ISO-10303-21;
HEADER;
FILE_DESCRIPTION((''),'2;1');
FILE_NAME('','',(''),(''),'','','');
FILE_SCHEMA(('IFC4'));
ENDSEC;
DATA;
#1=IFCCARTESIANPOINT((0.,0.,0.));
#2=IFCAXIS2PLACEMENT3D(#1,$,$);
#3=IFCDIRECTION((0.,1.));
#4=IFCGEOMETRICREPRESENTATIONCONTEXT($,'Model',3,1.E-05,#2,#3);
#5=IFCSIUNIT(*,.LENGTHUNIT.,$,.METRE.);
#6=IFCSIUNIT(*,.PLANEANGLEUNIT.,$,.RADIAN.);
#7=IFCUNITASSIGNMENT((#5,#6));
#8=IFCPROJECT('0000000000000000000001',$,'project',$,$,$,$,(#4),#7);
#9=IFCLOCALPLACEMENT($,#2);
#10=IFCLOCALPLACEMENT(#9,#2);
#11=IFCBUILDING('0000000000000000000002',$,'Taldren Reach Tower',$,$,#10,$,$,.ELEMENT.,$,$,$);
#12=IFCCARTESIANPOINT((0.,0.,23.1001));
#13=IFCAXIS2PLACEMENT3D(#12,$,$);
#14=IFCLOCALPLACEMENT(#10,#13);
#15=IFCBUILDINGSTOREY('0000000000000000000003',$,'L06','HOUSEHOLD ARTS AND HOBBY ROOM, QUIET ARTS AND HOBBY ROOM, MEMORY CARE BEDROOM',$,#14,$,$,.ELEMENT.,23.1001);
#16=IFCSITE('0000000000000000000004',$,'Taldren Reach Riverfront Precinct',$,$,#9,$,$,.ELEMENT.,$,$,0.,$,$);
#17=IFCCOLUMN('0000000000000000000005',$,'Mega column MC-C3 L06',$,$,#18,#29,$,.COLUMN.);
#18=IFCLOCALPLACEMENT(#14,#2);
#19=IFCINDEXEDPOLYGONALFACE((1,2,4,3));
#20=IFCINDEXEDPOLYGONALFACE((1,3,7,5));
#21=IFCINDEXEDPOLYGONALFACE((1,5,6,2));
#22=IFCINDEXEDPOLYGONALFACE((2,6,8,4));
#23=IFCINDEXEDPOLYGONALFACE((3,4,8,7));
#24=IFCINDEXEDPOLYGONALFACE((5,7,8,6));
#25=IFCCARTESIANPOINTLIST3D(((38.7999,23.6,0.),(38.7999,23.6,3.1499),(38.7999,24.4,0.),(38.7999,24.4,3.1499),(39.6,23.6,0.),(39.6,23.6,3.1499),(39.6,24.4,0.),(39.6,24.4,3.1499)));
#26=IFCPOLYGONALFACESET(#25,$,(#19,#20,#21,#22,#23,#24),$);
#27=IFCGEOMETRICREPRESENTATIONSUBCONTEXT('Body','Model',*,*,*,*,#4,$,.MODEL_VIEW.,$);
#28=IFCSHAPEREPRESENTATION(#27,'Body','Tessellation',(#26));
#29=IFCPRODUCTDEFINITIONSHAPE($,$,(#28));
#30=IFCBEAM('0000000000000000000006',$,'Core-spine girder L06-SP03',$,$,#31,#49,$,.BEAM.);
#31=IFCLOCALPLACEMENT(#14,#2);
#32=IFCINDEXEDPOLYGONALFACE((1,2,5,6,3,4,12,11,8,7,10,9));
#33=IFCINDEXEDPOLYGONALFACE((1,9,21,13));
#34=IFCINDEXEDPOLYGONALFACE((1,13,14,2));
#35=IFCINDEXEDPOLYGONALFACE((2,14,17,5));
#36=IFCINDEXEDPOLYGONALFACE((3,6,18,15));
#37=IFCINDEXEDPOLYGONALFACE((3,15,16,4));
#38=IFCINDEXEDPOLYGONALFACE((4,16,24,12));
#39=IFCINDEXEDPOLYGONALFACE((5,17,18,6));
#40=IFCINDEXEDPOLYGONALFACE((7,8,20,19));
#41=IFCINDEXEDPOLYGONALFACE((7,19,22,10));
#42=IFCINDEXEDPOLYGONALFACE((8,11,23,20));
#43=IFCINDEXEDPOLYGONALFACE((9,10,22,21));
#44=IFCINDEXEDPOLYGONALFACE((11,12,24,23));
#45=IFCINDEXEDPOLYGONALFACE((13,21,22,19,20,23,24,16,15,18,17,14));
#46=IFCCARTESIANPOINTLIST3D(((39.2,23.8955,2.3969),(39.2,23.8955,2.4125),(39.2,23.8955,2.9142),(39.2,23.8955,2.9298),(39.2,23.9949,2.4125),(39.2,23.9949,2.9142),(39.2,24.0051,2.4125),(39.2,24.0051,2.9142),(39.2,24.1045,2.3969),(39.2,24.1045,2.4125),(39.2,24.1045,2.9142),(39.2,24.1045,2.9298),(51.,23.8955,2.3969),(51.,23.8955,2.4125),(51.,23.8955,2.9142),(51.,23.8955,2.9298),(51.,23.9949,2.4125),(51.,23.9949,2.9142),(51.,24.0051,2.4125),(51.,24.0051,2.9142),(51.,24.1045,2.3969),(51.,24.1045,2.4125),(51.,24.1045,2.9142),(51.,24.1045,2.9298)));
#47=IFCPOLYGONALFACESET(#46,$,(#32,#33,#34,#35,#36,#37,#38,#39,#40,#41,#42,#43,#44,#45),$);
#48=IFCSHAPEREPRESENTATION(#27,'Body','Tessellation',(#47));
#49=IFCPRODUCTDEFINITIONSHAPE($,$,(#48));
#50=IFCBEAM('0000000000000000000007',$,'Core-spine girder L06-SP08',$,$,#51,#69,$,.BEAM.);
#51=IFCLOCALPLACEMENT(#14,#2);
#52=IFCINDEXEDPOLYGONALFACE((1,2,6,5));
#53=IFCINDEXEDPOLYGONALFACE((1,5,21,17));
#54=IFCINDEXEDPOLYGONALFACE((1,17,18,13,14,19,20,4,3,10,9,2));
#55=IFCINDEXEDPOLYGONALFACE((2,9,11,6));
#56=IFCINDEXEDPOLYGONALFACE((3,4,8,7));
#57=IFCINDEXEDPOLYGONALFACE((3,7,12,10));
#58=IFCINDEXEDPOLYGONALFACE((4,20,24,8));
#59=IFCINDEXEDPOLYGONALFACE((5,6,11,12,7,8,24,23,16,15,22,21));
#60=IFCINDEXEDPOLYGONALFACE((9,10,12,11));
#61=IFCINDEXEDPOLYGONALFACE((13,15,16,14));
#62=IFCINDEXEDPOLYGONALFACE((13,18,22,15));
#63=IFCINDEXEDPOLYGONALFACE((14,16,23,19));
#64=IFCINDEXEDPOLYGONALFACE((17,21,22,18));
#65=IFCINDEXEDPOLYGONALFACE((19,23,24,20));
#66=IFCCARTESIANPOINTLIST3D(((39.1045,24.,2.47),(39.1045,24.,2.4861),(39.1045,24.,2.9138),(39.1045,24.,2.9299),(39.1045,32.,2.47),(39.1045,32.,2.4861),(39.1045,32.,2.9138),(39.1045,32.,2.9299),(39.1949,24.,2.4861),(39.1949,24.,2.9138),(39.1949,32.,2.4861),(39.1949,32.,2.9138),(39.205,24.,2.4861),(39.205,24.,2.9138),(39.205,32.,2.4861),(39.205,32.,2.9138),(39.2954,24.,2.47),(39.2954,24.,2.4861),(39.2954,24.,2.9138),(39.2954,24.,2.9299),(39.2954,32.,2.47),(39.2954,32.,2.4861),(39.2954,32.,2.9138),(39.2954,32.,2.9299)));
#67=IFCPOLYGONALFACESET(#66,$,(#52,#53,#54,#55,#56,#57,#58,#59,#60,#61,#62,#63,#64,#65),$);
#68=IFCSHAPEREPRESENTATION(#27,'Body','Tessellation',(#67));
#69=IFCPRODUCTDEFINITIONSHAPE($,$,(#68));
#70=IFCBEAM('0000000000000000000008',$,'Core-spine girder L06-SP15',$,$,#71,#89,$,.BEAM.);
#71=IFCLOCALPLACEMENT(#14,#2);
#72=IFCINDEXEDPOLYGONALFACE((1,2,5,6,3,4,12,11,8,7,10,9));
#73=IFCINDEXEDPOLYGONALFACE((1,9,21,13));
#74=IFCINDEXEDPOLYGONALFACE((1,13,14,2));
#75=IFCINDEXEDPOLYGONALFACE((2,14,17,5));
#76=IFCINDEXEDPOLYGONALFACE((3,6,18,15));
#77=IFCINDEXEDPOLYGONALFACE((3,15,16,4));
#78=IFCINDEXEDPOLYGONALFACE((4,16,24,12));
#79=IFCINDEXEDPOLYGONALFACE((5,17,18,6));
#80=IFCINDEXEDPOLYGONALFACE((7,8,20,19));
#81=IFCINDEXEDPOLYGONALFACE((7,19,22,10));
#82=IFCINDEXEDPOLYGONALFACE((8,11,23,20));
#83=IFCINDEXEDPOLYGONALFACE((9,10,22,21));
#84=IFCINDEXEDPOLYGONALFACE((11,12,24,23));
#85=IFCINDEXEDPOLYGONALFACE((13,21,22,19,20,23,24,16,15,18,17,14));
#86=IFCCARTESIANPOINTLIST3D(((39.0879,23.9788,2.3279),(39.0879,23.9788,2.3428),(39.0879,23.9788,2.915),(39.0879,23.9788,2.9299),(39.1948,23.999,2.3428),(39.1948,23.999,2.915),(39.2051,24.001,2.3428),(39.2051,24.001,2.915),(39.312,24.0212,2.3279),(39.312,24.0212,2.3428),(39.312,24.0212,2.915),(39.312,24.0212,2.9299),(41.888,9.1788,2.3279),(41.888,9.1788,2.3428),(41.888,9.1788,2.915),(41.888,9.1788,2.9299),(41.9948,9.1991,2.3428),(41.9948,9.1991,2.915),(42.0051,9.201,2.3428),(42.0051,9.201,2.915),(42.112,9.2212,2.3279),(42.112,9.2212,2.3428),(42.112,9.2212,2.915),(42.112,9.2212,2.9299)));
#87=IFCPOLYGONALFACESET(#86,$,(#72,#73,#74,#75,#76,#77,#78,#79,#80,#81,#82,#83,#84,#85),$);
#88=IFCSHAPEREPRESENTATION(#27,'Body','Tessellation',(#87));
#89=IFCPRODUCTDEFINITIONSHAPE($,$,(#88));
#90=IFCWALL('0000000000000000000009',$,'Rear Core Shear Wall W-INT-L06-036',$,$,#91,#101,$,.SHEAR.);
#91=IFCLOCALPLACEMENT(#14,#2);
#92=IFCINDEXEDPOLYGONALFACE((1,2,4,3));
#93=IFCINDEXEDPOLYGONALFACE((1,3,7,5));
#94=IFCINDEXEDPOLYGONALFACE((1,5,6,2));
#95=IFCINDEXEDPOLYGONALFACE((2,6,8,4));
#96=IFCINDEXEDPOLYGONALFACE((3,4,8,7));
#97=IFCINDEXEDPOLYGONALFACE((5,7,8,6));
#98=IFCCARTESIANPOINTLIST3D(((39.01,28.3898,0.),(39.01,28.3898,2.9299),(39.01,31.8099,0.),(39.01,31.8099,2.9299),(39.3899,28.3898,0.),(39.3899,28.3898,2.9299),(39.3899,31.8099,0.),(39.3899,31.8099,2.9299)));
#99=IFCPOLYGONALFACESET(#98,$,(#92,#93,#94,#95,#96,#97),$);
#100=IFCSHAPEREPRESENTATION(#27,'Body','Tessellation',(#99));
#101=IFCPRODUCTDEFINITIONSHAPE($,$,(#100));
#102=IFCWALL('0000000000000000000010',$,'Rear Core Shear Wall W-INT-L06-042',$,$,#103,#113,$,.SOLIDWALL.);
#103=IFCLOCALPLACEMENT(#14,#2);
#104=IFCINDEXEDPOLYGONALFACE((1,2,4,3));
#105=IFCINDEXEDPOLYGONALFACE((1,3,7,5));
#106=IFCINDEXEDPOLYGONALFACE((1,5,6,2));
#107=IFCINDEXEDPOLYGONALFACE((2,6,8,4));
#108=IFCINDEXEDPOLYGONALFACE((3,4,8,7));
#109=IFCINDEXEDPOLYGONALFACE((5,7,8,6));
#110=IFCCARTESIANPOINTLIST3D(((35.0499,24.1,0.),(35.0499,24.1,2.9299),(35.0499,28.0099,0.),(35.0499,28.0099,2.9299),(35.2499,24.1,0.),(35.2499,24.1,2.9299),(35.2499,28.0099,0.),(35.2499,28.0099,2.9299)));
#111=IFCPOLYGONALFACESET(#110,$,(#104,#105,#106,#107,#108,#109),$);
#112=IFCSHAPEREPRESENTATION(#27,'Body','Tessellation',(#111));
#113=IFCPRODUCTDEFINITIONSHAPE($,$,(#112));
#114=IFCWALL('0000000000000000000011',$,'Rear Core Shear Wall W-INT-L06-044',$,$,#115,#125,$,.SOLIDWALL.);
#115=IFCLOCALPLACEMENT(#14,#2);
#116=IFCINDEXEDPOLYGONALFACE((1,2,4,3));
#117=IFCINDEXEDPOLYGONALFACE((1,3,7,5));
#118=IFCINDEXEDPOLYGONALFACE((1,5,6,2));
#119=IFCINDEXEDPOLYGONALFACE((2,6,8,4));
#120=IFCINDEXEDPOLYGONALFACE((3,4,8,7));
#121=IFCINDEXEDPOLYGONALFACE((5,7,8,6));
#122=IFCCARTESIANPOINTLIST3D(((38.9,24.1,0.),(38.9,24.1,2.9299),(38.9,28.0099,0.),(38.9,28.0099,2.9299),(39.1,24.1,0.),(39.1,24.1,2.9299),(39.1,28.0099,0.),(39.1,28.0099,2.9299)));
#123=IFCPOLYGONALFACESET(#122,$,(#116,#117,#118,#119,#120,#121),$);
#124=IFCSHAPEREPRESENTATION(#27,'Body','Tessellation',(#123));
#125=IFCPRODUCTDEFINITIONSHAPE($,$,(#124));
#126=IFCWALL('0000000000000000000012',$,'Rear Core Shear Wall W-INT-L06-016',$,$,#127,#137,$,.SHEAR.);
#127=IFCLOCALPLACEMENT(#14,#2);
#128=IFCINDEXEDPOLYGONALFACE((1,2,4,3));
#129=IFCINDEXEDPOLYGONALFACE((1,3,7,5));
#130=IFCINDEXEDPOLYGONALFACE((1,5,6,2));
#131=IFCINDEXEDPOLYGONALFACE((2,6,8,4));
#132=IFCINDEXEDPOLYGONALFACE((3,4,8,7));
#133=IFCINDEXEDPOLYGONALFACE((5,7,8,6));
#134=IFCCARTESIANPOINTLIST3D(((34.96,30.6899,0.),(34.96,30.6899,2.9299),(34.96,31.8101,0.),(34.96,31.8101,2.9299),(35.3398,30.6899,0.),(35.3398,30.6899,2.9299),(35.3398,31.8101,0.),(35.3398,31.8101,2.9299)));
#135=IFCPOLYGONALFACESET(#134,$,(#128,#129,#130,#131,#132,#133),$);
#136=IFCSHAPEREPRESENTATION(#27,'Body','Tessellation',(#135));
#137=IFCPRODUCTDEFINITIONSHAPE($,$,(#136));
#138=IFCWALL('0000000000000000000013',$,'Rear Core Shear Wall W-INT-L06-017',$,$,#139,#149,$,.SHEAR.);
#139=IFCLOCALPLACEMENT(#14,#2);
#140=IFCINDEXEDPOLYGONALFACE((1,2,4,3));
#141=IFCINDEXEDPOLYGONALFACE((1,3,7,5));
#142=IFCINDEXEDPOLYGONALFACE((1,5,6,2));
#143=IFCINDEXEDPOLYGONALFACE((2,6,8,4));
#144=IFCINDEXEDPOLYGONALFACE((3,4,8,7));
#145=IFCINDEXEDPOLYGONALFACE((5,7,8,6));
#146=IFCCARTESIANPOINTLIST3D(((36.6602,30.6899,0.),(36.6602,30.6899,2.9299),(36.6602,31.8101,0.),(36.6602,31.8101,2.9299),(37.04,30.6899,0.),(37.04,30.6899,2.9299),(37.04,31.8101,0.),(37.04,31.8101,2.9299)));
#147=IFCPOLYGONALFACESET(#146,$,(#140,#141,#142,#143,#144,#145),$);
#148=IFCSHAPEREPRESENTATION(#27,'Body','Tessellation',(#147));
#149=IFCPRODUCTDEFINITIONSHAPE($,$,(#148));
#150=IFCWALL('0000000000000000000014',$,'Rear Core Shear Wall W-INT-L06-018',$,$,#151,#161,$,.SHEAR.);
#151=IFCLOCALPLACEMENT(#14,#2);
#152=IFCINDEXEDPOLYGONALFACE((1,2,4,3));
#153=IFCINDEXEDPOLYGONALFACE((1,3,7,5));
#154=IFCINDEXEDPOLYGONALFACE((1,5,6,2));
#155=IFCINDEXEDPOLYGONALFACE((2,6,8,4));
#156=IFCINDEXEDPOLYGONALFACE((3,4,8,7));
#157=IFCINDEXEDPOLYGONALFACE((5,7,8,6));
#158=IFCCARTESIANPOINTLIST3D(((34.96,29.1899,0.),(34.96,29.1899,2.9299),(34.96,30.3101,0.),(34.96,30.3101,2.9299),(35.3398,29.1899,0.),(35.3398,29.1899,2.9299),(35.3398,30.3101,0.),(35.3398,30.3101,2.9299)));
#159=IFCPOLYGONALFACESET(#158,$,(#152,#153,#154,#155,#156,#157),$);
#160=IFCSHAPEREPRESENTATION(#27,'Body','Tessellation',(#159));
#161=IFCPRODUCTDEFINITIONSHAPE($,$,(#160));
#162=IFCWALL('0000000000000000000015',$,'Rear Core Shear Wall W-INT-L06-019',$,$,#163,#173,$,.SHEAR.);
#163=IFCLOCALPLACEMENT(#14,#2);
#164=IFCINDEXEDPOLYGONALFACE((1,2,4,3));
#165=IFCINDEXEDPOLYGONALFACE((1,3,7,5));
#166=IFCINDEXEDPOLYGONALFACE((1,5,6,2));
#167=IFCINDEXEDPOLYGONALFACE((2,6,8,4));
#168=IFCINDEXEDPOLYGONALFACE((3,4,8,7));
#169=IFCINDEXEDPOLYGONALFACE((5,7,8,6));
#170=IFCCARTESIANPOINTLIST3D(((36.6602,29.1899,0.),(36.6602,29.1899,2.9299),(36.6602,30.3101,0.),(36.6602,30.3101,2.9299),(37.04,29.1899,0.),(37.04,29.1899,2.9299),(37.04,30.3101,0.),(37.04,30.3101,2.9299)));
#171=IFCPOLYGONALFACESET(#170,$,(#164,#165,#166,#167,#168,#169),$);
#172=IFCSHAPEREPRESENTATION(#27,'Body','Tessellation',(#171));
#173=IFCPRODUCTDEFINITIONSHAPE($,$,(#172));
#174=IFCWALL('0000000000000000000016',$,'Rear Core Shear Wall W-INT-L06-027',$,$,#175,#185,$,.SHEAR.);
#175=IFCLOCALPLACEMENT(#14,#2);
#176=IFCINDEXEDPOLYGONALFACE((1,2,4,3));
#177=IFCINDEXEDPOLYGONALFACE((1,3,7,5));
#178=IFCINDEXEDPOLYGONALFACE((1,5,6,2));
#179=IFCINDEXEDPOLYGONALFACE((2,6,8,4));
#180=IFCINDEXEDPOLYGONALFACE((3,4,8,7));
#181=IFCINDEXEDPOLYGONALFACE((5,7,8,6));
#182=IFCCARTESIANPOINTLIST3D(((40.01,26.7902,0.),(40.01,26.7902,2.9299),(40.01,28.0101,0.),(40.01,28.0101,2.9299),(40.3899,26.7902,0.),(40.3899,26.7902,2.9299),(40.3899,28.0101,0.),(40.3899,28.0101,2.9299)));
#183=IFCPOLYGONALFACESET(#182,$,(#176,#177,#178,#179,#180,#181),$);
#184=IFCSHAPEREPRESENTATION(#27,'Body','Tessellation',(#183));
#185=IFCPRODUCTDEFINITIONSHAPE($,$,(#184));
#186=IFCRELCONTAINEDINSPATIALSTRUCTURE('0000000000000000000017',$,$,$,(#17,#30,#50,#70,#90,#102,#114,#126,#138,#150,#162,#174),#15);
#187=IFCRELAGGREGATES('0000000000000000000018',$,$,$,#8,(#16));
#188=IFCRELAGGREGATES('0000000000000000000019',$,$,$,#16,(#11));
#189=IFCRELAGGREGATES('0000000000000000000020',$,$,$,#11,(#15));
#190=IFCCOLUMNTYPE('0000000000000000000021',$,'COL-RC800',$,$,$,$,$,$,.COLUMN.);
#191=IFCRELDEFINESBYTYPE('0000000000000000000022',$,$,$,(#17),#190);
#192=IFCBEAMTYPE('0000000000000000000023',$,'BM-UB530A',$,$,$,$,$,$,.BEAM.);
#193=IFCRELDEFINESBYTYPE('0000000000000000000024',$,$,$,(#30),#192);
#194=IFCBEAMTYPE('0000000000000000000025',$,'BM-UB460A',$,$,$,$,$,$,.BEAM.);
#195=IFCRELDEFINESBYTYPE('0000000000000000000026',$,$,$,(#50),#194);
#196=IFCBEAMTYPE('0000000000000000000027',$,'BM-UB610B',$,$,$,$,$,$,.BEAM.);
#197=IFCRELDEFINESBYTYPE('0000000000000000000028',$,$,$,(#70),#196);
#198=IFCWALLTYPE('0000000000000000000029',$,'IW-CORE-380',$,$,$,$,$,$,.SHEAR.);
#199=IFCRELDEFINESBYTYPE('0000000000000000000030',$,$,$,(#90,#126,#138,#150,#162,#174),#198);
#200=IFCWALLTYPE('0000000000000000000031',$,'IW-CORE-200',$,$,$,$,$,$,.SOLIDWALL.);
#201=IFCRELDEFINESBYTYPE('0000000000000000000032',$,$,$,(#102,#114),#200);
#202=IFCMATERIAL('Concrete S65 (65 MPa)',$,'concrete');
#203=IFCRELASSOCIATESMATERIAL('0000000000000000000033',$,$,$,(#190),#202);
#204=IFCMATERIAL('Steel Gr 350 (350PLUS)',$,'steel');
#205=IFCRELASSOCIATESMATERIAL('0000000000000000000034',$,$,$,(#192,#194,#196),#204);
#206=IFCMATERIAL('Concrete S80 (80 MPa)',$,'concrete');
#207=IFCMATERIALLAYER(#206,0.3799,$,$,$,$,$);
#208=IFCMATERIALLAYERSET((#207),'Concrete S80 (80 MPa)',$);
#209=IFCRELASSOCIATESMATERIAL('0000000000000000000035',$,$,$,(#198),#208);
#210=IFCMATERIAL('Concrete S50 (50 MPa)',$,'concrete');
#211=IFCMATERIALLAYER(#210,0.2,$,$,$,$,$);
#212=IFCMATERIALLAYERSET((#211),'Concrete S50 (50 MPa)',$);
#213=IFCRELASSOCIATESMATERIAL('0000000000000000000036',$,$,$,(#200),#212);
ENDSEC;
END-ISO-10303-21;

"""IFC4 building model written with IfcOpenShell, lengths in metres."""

from ifc_helpers import new_model, si_unit, direction, frame, frame_2d, origin, origin_2d, place, context, subcontext, project, spatial, rectangle, i_section, extrude, source, transform, mapped, material, layer, layer_set, material_profile, profile_set, type_object, element, save


model = new_model("IFC4")

# Units and contexts
model_context = context("Model", 3, precision=1e-05, world=origin(), true_north=direction((0.0, 1.0)))
body_context = subcontext(model_context, "Body", "Model", "MODEL_VIEW")
ifc_project = project(units=[si_unit("LENGTHUNIT", "METRE"), si_unit("PLANEANGLEUNIT", "RADIAN")], contexts=[model_context])

# Site, building, storey
site_placement = place(None, origin())
site = spatial("IfcSite", under=ifc_project, at=site_placement, Name="Taldren Reach Riverfront Precinct", CompositionType="ELEMENT", RefElevation=0.0)
building_placement = place(site_placement, origin())
building = spatial("IfcBuilding", under=site, at=building_placement, Name="Taldren Reach Tower", CompositionType="ELEMENT")
storey_placement = place(building_placement, frame((0.0, 0.0, 23.1001)))
storey = spatial("IfcBuildingStorey", under=building, at=storey_placement, Name="L06", Description="HOUSEHOLD ARTS AND HOBBY ROOM, QUIET ARTS AND HOBBY ROOM, MEMORY CARE BEDROOM", CompositionType="ELEMENT", Elevation=23.1001)

# Column
ifc_material_1 = material(Name="Concrete S65 (65 MPa)", Category="concrete")
ifc_material_profile_1 = material_profile(ifc_material_1, rectangle(XDim=0.8, YDim=0.8, at=origin_2d()), Name="RC-800x800")
ifc_profile_set_1 = profile_set([ifc_material_profile_1], Name="Concrete S65 (65 MPa)")
column_type = type_object("IfcColumnType", Name="COL-RC800", PredefinedType="COLUMN", material=ifc_profile_set_1)
shared_shape_1 = source(origin(), body_context, "Body", "SweptSolid", [
    extrude(rectangle(XDim=0.8, YDim=0.8, at=origin_2d()), origin(), (0.0, 0.0, 1.0), 3.1499),
])
column_placement = place(storey_placement, frame((39.2, 24.0, 0.0), z_axis=(0.0, 0.0, 1.0), x_axis=(1.0, 0.0, 0.0)))
element("IfcColumn", 1, at=column_placement, inside=storey, type_object=column_type, Name="Mega column MC-C3 L06", PredefinedType="COLUMN", context=body_context, shape_type="MappedRepresentation", body=[
    mapped(shared_shape_1, transform((0.0, 0.0, 0.0), scale=1.0)),
])

# Beams
ifc_material_2 = material(Name="Steel Gr 350 (350PLUS)", Category="steel")
ifc_material_profile_2 = material_profile(ifc_material_2, i_section(OverallWidth=0.209, OverallDepth=0.533, WebThickness=0.0103, FlangeThickness=0.0156, at=origin_2d()), Name="530UB92.4")
ifc_profile_set_2 = profile_set([ifc_material_profile_2], Name="Steel Gr 350 (350PLUS)")
beam_type_1 = type_object("IfcBeamType", Name="BM-UB530A", PredefinedType="BEAM", material=ifc_profile_set_2)
shared_shape_2 = source(origin(), body_context, "Body", "SweptSolid", [
    extrude(i_section(OverallWidth=0.209, OverallDepth=0.533, WebThickness=0.0103, FlangeThickness=0.0156, at=origin_2d()), origin(), (0.0, 0.0, 1.0), 11.8),
])
beam_1_placement = place(storey_placement, frame((39.2, 24.0, 2.6633), z_axis=(1.0, 0.0, 0.0), x_axis=(0.0, 1.0, 0.0)))
element("IfcBeam", 2, at=beam_1_placement, inside=storey, type_object=beam_type_1, Name="Core-spine girder L06-SP03", PredefinedType="BEAM", context=body_context, shape_type="MappedRepresentation", body=[
    mapped(shared_shape_2, transform((0.0, 0.0, 0.0), scale=1.0)),
])
ifc_material_profile_3 = material_profile(ifc_material_2, i_section(OverallWidth=0.1909, OverallDepth=0.46, WebThickness=0.01, FlangeThickness=0.0161, at=origin_2d()), Name="460UB82.1")
ifc_profile_set_3 = profile_set([ifc_material_profile_3], Name="Steel Gr 350 (350PLUS)")
beam_type_2 = type_object("IfcBeamType", Name="BM-UB460A", PredefinedType="BEAM", material=ifc_profile_set_3)
shared_shape_3 = source(origin(), body_context, "Body", "SweptSolid", [
    extrude(i_section(OverallWidth=0.1909, OverallDepth=0.46, WebThickness=0.01, FlangeThickness=0.0161, at=origin_2d()), origin(), (0.0, 0.0, 1.0), 8.0),
])
beam_2_placement = place(storey_placement, frame((39.2, 24.0, 2.7), z_axis=(0.0, 1.0, 0.0), x_axis=(-1.0, 0.0, 0.0)))
element("IfcBeam", 3, at=beam_2_placement, inside=storey, type_object=beam_type_2, Name="Core-spine girder L06-SP08", PredefinedType="BEAM", context=body_context, shape_type="MappedRepresentation", body=[
    mapped(shared_shape_3, transform((0.0, 0.0, 0.0), scale=1.0)),
])
ifc_material_profile_4 = material_profile(ifc_material_2, i_section(OverallWidth=0.228, OverallDepth=0.6021, WebThickness=0.0105, FlangeThickness=0.0149, at=origin_2d()), Name="610UB101")
ifc_profile_set_4 = profile_set([ifc_material_profile_4], Name="Steel Gr 350 (350PLUS)")
beam_type_3 = type_object("IfcBeamType", Name="BM-UB610B", PredefinedType="BEAM", material=ifc_profile_set_4)
shared_shape_4 = source(origin(), body_context, "Body", "SweptSolid", [
    extrude(i_section(OverallWidth=0.228, OverallDepth=0.6021, WebThickness=0.0105, FlangeThickness=0.0149, at=origin_2d()), origin(), (0.0, 0.0, 1.0), 15.0625),
])
beam_3_placement = place(storey_placement, frame((39.2, 24.0, 2.6289), z_axis=(0.185894, -0.98257, 0.0), x_axis=(0.98257, 0.185894, 0.0)))
element("IfcBeam", 4, at=beam_3_placement, inside=storey, type_object=beam_type_3, Name="Core-spine girder L06-SP15", PredefinedType="BEAM", context=body_context, shape_type="MappedRepresentation", body=[
    mapped(shared_shape_4, transform((0.0, 0.0, 0.0), scale=1.0)),
])

# Walls
ifc_material_3 = material(Name="Concrete S80 (80 MPa)", Category="concrete")
ifc_layer_1 = layer(ifc_material_3, 0.3799)
ifc_layer_set_1 = layer_set([ifc_layer_1], Name="Concrete S80 (80 MPa)")
wall_type_1 = type_object("IfcWallType", Name="IW-CORE-380", PredefinedType="SHEAR", material=ifc_layer_set_1)
shared_shape_5 = source(origin(), body_context, "Body", "SweptSolid", [
    extrude(rectangle(XDim=3.4202, YDim=0.3799, at=frame_2d((1.71, 0.0))), origin(), (0.0, 0.0, 1.0), 2.9299),
])
wall_1_placement = place(storey_placement, frame((39.2, 28.3899, 0.0), z_axis=(0.0, 0.0, 1.0), x_axis=(0.0, 1.0, 0.0)))
element("IfcWall", 5, at=wall_1_placement, inside=storey, type_object=wall_type_1, Name="Rear Core Shear Wall W-INT-L06-036", PredefinedType="SHEAR", context=body_context, shape_type="MappedRepresentation", body=[
    mapped(shared_shape_5, transform((0.0, 0.0, 0.0), scale=1.0)),
])
ifc_material_4 = material(Name="Concrete S50 (50 MPa)", Category="concrete")
ifc_layer_2 = layer(ifc_material_4, 0.2)
ifc_layer_set_2 = layer_set([ifc_layer_2], Name="Concrete S50 (50 MPa)")
wall_type_2 = type_object("IfcWallType", Name="IW-CORE-200", PredefinedType="SOLIDWALL", material=ifc_layer_set_2)
shared_shape_6 = source(origin(), body_context, "Body", "SweptSolid", [
    extrude(rectangle(XDim=3.9099, YDim=0.2, at=frame_2d((1.9551, 0.0))), origin(), (0.0, 0.0, 1.0), 2.9299),
])
for number, where, z_axis, x_axis, name in (
    (6, (35.1499, 28.01, 0.0), (0.0, 0.0, 1.0), (0.0, -1.0, 0.0), "Rear Core Shear Wall W-INT-L06-042"),
    (7, (39.0, 28.01, 0.0), (0.0, 0.0, 1.0), (0.0, -1.0, 0.0), "Rear Core Shear Wall W-INT-L06-044"),
):
    element("IfcWall", number, at=place(storey_placement, frame(where, z_axis=z_axis, x_axis=x_axis)), inside=storey, type_object=wall_type_2, Name=name, PredefinedType="SOLIDWALL", context=body_context, shape_type="MappedRepresentation", body=[
        mapped(shared_shape_6, transform((0.0, 0.0, 0.0), scale=1.0)),
    ])
shared_shape_7 = source(origin(), body_context, "Body", "SweptSolid", [
    extrude(rectangle(XDim=1.1201, YDim=0.3799, at=frame_2d((0.5601, 0.0))), origin(), (0.0, 0.0, 1.0), 2.9299),
])
for number, where, z_axis, x_axis, name in (
    (8, (35.1499, 31.8101, 0.0), (0.0, 0.0, 1.0), (0.0, -1.0, 0.0), "Rear Core Shear Wall W-INT-L06-016"),
    (9, (36.8501, 30.6899, 0.0), (0.0, 0.0, 1.0), (0.0, 1.0, 0.0), "Rear Core Shear Wall W-INT-L06-017"),
    (10, (35.1499, 30.3101, 0.0), (0.0, 0.0, 1.0), (0.0, -1.0, 0.0), "Rear Core Shear Wall W-INT-L06-018"),
    (11, (36.8501, 29.1899, 0.0), (0.0, 0.0, 1.0), (0.0, 1.0, 0.0), "Rear Core Shear Wall W-INT-L06-019"),
):
    element("IfcWall", number, at=place(storey_placement, frame(where, z_axis=z_axis, x_axis=x_axis)), inside=storey, type_object=wall_type_1, Name=name, PredefinedType="SHEAR", context=body_context, shape_type="MappedRepresentation", body=[
        mapped(shared_shape_7, transform((0.0, 0.0, 0.0), scale=1.0)),
    ])
shared_shape_8 = source(origin(), body_context, "Body", "SweptSolid", [
    extrude(rectangle(XDim=1.22, YDim=0.3799, at=frame_2d((0.6099, 0.0))), origin(), (0.0, 0.0, 1.0), 2.9299),
])
wall_2_placement = place(storey_placement, frame((40.2, 28.01, 0.0), z_axis=(0.0, 0.0, 1.0), x_axis=(0.0, -1.0, 0.0)))
element("IfcWall", 12, at=wall_2_placement, inside=storey, type_object=wall_type_1, Name="Rear Core Shear Wall W-INT-L06-027", PredefinedType="SHEAR", context=body_context, shape_type="MappedRepresentation", body=[
    mapped(shared_shape_8, transform((0.0, 0.0, 0.0), scale=1.0)),
])

save(model, "model.ifc")
